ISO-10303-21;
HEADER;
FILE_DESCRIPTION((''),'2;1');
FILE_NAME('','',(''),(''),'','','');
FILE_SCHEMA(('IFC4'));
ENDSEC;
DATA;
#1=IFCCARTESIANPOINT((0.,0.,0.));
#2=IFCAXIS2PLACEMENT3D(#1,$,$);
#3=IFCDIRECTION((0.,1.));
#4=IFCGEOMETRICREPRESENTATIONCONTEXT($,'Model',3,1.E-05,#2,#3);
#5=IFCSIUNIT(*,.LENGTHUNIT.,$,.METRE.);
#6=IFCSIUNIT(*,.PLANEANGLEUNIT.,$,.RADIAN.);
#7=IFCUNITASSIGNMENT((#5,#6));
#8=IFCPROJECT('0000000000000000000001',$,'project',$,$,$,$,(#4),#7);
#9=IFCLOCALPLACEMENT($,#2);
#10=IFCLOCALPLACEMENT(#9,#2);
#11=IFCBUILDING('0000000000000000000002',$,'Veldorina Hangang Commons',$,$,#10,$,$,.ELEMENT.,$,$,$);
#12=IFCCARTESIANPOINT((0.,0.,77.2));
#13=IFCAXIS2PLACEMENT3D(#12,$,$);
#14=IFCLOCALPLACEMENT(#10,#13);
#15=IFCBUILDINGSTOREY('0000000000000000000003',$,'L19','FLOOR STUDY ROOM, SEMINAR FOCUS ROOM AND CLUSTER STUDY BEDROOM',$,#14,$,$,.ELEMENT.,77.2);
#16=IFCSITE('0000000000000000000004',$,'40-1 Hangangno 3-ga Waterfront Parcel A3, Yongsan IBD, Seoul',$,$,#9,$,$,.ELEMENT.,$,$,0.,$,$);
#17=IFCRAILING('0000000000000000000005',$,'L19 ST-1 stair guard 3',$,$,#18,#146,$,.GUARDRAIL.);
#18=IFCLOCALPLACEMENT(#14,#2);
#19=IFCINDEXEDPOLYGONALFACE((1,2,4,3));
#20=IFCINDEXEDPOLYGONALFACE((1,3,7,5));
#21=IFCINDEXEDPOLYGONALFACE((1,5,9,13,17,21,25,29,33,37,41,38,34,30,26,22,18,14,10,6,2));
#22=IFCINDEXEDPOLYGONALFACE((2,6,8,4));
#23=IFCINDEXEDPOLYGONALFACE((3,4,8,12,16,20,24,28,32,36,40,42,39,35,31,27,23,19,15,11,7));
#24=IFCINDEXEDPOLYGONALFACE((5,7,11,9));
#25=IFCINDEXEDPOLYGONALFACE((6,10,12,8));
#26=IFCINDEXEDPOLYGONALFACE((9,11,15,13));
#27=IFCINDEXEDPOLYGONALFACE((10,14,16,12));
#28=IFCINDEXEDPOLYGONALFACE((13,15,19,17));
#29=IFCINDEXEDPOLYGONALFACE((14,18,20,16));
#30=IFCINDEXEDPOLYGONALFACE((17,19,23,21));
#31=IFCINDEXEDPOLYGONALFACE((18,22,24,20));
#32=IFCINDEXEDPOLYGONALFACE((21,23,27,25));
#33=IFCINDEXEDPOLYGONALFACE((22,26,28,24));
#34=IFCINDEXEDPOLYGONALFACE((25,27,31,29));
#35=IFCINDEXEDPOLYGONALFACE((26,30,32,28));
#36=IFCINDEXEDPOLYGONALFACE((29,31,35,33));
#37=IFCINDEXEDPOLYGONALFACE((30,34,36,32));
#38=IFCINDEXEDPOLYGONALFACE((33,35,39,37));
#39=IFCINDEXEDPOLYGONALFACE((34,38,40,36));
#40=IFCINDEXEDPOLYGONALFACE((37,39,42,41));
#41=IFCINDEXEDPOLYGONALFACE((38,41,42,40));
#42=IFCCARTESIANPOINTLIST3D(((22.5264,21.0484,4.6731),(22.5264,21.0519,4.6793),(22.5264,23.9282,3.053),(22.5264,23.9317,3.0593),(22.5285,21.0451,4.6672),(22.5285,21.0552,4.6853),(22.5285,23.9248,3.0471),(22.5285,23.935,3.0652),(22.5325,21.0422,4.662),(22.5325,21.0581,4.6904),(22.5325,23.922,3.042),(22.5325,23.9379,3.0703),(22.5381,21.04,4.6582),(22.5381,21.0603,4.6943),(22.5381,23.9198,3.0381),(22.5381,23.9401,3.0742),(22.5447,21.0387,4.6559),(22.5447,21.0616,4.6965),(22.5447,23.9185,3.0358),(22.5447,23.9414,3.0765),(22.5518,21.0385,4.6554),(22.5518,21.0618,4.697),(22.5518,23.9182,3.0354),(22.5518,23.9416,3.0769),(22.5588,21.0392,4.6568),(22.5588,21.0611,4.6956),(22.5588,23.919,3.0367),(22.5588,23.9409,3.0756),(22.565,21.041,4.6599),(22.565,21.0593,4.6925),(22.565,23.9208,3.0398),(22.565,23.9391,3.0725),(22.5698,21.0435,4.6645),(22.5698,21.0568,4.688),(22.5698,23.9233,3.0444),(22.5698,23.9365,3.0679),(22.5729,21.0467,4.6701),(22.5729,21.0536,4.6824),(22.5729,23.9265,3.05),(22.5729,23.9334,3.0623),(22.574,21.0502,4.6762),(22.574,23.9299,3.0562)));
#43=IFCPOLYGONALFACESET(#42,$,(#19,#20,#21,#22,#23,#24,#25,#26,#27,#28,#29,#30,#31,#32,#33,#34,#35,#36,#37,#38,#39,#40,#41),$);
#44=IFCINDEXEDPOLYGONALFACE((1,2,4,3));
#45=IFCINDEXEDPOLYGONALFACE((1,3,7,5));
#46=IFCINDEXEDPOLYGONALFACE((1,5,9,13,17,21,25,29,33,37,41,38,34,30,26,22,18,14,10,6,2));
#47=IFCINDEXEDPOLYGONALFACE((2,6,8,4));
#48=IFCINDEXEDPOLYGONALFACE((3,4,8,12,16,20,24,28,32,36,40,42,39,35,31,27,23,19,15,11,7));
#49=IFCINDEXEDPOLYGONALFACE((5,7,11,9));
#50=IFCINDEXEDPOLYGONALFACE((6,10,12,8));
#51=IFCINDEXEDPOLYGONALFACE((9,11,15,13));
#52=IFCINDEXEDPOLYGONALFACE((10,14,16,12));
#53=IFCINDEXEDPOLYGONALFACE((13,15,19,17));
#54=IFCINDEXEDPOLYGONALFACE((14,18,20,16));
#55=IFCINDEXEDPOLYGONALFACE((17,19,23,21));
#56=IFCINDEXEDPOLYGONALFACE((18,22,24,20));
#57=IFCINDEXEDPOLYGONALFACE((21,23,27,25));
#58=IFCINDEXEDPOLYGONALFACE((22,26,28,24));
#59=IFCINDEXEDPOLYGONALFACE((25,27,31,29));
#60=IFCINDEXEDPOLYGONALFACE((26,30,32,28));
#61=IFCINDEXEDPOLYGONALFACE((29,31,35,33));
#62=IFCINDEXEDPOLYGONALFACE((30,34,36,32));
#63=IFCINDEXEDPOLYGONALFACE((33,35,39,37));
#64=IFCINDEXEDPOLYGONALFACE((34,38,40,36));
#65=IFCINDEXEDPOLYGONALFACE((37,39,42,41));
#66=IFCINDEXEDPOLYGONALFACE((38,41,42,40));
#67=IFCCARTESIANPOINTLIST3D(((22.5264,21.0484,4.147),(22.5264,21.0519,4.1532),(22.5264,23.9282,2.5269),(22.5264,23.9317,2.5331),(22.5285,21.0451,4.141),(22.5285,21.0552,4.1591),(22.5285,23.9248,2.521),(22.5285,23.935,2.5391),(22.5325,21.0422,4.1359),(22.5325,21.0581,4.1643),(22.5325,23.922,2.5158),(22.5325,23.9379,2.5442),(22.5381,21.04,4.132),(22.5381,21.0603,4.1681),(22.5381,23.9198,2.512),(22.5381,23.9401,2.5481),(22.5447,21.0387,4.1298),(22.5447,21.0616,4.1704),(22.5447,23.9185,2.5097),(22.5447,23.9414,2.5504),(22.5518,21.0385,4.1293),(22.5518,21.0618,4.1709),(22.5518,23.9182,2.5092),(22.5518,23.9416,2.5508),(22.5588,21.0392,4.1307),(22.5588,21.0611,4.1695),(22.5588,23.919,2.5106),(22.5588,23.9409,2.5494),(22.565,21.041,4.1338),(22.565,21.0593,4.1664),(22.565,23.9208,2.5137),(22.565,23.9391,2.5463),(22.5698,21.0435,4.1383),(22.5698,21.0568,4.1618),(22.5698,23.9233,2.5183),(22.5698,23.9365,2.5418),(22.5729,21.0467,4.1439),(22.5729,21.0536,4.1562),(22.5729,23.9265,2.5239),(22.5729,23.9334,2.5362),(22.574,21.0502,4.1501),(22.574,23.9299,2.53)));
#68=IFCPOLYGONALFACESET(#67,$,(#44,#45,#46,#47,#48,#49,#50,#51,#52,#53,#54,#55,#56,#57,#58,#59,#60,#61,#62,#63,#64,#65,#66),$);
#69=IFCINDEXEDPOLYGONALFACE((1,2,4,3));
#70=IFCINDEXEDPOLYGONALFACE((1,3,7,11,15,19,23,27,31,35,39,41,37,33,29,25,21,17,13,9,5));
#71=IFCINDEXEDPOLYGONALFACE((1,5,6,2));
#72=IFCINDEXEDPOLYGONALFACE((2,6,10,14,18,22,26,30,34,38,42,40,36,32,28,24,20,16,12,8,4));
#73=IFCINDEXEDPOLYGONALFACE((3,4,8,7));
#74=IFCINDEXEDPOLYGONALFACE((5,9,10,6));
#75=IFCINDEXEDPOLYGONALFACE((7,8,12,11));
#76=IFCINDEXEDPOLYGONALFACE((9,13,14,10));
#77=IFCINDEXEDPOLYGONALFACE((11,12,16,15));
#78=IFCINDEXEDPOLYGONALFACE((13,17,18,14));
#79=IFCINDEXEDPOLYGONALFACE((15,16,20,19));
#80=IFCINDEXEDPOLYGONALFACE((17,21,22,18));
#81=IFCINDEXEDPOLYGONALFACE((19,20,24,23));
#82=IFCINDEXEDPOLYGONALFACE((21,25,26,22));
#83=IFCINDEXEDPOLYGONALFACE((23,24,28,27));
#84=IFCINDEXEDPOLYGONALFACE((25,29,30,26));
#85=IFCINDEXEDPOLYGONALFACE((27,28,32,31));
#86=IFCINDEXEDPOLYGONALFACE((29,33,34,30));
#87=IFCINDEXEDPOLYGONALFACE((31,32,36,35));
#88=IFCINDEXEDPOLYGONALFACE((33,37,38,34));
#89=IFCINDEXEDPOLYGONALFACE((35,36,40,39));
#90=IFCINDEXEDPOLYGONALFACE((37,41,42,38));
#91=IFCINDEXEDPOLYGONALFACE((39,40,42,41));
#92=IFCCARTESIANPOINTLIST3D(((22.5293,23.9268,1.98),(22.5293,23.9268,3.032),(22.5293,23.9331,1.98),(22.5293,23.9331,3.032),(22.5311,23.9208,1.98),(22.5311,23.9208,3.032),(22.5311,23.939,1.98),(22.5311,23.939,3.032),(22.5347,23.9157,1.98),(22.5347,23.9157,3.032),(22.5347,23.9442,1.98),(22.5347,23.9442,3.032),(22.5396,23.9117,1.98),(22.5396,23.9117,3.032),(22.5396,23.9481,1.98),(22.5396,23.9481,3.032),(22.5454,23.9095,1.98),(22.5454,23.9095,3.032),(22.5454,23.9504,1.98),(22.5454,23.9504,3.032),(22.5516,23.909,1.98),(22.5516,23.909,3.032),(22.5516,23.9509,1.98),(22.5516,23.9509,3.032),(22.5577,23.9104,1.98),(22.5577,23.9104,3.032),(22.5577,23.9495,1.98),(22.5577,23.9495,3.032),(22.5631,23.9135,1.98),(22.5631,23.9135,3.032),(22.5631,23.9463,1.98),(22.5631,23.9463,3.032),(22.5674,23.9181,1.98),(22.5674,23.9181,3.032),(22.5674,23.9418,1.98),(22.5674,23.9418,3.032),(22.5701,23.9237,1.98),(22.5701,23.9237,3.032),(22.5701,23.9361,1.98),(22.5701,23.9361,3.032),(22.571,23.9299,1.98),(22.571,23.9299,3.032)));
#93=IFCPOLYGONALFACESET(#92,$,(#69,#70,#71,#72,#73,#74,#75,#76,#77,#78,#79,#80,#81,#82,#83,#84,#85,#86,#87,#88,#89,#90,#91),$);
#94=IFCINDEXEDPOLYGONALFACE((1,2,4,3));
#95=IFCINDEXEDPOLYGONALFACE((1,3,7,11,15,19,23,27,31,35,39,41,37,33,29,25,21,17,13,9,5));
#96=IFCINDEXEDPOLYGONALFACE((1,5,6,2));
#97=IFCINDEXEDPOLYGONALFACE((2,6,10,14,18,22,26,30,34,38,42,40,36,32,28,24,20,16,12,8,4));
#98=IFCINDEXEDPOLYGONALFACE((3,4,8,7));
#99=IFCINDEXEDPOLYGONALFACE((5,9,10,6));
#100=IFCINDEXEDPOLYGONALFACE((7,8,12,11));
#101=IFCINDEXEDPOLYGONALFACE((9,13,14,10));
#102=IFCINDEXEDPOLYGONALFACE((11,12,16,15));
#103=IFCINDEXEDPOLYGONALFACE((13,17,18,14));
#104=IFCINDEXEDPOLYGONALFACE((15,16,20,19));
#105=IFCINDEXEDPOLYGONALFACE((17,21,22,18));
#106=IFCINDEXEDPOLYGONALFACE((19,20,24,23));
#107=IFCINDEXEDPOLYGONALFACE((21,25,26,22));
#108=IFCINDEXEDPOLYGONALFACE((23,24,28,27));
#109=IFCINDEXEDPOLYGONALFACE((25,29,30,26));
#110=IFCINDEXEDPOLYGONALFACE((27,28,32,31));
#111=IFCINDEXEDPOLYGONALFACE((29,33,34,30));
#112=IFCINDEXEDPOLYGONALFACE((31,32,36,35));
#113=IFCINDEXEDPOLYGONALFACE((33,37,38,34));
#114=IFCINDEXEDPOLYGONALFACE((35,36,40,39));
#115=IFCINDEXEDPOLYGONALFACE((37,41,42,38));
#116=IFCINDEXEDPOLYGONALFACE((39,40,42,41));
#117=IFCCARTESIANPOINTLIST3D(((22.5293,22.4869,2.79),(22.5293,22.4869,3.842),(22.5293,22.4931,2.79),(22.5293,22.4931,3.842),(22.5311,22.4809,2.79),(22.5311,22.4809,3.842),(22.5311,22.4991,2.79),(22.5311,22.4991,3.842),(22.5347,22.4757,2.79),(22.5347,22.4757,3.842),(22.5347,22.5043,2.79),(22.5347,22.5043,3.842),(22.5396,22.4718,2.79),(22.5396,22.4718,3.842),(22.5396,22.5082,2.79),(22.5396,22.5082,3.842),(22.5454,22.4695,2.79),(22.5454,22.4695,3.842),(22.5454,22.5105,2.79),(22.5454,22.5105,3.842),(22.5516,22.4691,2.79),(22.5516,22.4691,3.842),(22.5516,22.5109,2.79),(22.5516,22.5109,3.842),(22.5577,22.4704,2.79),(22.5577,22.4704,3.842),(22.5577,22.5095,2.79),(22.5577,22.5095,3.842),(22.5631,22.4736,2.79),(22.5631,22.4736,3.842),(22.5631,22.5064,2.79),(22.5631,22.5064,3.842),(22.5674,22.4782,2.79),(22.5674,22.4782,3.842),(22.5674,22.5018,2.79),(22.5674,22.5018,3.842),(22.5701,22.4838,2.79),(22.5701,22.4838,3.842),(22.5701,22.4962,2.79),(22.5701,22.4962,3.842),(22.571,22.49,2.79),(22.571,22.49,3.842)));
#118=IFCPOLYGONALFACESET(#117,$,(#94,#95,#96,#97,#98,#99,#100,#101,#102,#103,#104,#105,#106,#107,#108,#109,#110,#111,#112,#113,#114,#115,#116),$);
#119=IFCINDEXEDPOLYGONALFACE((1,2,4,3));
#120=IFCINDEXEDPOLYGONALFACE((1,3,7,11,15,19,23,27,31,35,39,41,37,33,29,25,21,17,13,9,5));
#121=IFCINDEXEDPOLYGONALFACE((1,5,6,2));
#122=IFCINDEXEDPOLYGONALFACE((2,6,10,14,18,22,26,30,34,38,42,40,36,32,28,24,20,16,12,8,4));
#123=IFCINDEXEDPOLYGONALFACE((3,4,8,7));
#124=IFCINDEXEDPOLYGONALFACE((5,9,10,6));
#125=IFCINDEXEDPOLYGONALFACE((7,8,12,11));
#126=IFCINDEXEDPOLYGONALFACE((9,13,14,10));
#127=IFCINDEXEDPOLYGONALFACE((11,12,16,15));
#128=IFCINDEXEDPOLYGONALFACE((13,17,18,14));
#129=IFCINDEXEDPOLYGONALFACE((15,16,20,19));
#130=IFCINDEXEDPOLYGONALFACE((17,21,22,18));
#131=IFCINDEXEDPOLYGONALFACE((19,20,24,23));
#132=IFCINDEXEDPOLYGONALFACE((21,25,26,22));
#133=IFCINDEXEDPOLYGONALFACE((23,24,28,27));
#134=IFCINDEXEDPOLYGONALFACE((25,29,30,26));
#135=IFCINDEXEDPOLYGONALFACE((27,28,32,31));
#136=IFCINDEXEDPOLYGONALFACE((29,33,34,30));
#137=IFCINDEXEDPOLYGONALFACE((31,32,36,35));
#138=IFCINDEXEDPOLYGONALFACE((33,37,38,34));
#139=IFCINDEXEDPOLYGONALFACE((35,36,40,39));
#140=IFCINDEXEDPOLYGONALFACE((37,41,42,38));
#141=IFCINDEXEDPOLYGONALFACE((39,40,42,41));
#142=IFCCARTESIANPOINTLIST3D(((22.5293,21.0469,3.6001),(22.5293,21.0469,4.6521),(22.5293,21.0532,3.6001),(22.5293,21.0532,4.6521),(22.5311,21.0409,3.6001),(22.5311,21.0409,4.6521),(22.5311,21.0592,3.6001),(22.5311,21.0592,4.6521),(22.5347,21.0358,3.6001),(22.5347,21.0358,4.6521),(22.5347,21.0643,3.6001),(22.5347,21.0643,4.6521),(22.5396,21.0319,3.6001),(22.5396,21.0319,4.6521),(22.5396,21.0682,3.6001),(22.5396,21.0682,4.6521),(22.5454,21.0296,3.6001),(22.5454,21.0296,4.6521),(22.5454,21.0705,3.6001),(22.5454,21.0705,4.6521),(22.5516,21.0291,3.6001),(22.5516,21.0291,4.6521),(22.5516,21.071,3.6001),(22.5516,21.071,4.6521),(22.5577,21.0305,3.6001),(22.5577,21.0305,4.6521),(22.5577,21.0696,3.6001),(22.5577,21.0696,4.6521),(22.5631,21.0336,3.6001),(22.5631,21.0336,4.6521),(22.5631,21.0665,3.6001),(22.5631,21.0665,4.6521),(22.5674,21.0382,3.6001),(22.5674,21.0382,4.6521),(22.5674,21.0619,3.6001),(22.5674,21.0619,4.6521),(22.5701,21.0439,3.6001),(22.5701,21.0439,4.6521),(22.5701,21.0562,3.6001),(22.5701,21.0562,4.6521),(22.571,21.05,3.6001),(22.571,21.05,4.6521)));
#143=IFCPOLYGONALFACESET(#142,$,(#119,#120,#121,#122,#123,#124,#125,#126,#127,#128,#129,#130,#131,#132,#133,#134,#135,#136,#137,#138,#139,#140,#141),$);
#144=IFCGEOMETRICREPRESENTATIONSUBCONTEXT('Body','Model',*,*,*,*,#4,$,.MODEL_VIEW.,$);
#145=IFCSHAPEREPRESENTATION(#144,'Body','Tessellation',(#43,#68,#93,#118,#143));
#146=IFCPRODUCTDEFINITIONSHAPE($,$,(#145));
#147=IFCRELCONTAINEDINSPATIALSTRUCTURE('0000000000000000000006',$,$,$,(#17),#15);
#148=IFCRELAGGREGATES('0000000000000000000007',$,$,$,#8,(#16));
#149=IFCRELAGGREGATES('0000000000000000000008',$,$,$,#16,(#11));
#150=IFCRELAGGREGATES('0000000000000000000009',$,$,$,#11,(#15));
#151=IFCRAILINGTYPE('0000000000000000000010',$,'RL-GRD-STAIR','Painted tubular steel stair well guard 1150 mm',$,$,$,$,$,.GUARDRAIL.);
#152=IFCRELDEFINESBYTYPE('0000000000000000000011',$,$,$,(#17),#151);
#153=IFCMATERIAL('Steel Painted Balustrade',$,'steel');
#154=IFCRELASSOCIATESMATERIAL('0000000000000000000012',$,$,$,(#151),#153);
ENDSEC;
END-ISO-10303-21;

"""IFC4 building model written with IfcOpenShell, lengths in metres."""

from ifc_helpers import new_model, si_unit, direction, frame, origin, origin_2d, place, context, subcontext, project, spatial, circle, extrude, material, type_object, element, save


model = new_model("IFC4")

# Units and contexts
model_context = context("Model", 3, precision=1e-05, world=origin(), true_north=direction((0.0, 1.0)))
body_context = subcontext(model_context, "Body", "Model", "MODEL_VIEW")
ifc_project = project(units=[si_unit("LENGTHUNIT", "METRE"), si_unit("PLANEANGLEUNIT", "RADIAN")], contexts=[model_context])

# Site, building, storey
site_placement = place(None, origin())
site = spatial("IfcSite", under=ifc_project, at=site_placement, Name="40-1 Hangangno 3-ga Waterfront Parcel A3, Yongsan IBD, Seoul", CompositionType="ELEMENT", RefElevation=0.0)
building_placement = place(site_placement, origin())
building = spatial("IfcBuilding", under=site, at=building_placement, Name="Veldorina Hangang Commons", CompositionType="ELEMENT")
storey_placement = place(building_placement, frame((0.0, 0.0, 77.2)))
storey = spatial("IfcBuildingStorey", under=building, at=storey_placement, Name="L19", Description="FLOOR STUDY ROOM, SEMINAR FOCUS ROOM AND CLUSTER STUDY BEDROOM", CompositionType="ELEMENT", Elevation=77.2)

# Railing
ifc_material_1 = material(Name="Steel Painted Balustrade", Category="steel")
railing_type_1 = type_object("IfcRailingType", Name="RL-GRD-STAIR", Description="Painted tubular steel stair well guard 1150 mm", PredefinedType="GUARDRAIL", material=ifc_material_1)
railing_1_placement = place(storey_placement, frame((22.55, 23.9299, 1.98)))
element("IfcRailing", 1, at=railing_1_placement, inside=storey, type_object=railing_type_1, Name="L19 ST-1 stair guard 3", PredefinedType="GUARDRAIL", context=body_context, shape_type="SweptSolid", body=[
    extrude(circle(Radius=0.0239, at=origin_2d()), frame((0.0, 0.0, 1.0762), z_axis=(0.0, -0.871552, 0.490303), x_axis=(1.0, 0.0, 0.0)), (0.0, 0.0, 1.0), 3.3042),
    extrude(circle(Radius=0.0239, at=origin_2d()), frame((0.0, 0.0, 0.55), z_axis=(0.0, -0.871552, 0.490303), x_axis=(1.0, 0.0, 0.0)), (0.0, 0.0, 1.0), 3.3042),
    extrude(circle(Radius=0.021, at=origin_2d()), origin(), (0.0, 0.0, 1.0), 1.052),
    extrude(circle(Radius=0.021, at=origin_2d()), frame((0.0, -1.4399, 0.8101)), (0.0, 0.0, 1.0), 1.052),
    extrude(circle(Radius=0.021, at=origin_2d()), frame((0.0, -2.8799, 1.6201)), (0.0, 0.0, 1.0), 1.052),
])

save(model, "model.ifc")
